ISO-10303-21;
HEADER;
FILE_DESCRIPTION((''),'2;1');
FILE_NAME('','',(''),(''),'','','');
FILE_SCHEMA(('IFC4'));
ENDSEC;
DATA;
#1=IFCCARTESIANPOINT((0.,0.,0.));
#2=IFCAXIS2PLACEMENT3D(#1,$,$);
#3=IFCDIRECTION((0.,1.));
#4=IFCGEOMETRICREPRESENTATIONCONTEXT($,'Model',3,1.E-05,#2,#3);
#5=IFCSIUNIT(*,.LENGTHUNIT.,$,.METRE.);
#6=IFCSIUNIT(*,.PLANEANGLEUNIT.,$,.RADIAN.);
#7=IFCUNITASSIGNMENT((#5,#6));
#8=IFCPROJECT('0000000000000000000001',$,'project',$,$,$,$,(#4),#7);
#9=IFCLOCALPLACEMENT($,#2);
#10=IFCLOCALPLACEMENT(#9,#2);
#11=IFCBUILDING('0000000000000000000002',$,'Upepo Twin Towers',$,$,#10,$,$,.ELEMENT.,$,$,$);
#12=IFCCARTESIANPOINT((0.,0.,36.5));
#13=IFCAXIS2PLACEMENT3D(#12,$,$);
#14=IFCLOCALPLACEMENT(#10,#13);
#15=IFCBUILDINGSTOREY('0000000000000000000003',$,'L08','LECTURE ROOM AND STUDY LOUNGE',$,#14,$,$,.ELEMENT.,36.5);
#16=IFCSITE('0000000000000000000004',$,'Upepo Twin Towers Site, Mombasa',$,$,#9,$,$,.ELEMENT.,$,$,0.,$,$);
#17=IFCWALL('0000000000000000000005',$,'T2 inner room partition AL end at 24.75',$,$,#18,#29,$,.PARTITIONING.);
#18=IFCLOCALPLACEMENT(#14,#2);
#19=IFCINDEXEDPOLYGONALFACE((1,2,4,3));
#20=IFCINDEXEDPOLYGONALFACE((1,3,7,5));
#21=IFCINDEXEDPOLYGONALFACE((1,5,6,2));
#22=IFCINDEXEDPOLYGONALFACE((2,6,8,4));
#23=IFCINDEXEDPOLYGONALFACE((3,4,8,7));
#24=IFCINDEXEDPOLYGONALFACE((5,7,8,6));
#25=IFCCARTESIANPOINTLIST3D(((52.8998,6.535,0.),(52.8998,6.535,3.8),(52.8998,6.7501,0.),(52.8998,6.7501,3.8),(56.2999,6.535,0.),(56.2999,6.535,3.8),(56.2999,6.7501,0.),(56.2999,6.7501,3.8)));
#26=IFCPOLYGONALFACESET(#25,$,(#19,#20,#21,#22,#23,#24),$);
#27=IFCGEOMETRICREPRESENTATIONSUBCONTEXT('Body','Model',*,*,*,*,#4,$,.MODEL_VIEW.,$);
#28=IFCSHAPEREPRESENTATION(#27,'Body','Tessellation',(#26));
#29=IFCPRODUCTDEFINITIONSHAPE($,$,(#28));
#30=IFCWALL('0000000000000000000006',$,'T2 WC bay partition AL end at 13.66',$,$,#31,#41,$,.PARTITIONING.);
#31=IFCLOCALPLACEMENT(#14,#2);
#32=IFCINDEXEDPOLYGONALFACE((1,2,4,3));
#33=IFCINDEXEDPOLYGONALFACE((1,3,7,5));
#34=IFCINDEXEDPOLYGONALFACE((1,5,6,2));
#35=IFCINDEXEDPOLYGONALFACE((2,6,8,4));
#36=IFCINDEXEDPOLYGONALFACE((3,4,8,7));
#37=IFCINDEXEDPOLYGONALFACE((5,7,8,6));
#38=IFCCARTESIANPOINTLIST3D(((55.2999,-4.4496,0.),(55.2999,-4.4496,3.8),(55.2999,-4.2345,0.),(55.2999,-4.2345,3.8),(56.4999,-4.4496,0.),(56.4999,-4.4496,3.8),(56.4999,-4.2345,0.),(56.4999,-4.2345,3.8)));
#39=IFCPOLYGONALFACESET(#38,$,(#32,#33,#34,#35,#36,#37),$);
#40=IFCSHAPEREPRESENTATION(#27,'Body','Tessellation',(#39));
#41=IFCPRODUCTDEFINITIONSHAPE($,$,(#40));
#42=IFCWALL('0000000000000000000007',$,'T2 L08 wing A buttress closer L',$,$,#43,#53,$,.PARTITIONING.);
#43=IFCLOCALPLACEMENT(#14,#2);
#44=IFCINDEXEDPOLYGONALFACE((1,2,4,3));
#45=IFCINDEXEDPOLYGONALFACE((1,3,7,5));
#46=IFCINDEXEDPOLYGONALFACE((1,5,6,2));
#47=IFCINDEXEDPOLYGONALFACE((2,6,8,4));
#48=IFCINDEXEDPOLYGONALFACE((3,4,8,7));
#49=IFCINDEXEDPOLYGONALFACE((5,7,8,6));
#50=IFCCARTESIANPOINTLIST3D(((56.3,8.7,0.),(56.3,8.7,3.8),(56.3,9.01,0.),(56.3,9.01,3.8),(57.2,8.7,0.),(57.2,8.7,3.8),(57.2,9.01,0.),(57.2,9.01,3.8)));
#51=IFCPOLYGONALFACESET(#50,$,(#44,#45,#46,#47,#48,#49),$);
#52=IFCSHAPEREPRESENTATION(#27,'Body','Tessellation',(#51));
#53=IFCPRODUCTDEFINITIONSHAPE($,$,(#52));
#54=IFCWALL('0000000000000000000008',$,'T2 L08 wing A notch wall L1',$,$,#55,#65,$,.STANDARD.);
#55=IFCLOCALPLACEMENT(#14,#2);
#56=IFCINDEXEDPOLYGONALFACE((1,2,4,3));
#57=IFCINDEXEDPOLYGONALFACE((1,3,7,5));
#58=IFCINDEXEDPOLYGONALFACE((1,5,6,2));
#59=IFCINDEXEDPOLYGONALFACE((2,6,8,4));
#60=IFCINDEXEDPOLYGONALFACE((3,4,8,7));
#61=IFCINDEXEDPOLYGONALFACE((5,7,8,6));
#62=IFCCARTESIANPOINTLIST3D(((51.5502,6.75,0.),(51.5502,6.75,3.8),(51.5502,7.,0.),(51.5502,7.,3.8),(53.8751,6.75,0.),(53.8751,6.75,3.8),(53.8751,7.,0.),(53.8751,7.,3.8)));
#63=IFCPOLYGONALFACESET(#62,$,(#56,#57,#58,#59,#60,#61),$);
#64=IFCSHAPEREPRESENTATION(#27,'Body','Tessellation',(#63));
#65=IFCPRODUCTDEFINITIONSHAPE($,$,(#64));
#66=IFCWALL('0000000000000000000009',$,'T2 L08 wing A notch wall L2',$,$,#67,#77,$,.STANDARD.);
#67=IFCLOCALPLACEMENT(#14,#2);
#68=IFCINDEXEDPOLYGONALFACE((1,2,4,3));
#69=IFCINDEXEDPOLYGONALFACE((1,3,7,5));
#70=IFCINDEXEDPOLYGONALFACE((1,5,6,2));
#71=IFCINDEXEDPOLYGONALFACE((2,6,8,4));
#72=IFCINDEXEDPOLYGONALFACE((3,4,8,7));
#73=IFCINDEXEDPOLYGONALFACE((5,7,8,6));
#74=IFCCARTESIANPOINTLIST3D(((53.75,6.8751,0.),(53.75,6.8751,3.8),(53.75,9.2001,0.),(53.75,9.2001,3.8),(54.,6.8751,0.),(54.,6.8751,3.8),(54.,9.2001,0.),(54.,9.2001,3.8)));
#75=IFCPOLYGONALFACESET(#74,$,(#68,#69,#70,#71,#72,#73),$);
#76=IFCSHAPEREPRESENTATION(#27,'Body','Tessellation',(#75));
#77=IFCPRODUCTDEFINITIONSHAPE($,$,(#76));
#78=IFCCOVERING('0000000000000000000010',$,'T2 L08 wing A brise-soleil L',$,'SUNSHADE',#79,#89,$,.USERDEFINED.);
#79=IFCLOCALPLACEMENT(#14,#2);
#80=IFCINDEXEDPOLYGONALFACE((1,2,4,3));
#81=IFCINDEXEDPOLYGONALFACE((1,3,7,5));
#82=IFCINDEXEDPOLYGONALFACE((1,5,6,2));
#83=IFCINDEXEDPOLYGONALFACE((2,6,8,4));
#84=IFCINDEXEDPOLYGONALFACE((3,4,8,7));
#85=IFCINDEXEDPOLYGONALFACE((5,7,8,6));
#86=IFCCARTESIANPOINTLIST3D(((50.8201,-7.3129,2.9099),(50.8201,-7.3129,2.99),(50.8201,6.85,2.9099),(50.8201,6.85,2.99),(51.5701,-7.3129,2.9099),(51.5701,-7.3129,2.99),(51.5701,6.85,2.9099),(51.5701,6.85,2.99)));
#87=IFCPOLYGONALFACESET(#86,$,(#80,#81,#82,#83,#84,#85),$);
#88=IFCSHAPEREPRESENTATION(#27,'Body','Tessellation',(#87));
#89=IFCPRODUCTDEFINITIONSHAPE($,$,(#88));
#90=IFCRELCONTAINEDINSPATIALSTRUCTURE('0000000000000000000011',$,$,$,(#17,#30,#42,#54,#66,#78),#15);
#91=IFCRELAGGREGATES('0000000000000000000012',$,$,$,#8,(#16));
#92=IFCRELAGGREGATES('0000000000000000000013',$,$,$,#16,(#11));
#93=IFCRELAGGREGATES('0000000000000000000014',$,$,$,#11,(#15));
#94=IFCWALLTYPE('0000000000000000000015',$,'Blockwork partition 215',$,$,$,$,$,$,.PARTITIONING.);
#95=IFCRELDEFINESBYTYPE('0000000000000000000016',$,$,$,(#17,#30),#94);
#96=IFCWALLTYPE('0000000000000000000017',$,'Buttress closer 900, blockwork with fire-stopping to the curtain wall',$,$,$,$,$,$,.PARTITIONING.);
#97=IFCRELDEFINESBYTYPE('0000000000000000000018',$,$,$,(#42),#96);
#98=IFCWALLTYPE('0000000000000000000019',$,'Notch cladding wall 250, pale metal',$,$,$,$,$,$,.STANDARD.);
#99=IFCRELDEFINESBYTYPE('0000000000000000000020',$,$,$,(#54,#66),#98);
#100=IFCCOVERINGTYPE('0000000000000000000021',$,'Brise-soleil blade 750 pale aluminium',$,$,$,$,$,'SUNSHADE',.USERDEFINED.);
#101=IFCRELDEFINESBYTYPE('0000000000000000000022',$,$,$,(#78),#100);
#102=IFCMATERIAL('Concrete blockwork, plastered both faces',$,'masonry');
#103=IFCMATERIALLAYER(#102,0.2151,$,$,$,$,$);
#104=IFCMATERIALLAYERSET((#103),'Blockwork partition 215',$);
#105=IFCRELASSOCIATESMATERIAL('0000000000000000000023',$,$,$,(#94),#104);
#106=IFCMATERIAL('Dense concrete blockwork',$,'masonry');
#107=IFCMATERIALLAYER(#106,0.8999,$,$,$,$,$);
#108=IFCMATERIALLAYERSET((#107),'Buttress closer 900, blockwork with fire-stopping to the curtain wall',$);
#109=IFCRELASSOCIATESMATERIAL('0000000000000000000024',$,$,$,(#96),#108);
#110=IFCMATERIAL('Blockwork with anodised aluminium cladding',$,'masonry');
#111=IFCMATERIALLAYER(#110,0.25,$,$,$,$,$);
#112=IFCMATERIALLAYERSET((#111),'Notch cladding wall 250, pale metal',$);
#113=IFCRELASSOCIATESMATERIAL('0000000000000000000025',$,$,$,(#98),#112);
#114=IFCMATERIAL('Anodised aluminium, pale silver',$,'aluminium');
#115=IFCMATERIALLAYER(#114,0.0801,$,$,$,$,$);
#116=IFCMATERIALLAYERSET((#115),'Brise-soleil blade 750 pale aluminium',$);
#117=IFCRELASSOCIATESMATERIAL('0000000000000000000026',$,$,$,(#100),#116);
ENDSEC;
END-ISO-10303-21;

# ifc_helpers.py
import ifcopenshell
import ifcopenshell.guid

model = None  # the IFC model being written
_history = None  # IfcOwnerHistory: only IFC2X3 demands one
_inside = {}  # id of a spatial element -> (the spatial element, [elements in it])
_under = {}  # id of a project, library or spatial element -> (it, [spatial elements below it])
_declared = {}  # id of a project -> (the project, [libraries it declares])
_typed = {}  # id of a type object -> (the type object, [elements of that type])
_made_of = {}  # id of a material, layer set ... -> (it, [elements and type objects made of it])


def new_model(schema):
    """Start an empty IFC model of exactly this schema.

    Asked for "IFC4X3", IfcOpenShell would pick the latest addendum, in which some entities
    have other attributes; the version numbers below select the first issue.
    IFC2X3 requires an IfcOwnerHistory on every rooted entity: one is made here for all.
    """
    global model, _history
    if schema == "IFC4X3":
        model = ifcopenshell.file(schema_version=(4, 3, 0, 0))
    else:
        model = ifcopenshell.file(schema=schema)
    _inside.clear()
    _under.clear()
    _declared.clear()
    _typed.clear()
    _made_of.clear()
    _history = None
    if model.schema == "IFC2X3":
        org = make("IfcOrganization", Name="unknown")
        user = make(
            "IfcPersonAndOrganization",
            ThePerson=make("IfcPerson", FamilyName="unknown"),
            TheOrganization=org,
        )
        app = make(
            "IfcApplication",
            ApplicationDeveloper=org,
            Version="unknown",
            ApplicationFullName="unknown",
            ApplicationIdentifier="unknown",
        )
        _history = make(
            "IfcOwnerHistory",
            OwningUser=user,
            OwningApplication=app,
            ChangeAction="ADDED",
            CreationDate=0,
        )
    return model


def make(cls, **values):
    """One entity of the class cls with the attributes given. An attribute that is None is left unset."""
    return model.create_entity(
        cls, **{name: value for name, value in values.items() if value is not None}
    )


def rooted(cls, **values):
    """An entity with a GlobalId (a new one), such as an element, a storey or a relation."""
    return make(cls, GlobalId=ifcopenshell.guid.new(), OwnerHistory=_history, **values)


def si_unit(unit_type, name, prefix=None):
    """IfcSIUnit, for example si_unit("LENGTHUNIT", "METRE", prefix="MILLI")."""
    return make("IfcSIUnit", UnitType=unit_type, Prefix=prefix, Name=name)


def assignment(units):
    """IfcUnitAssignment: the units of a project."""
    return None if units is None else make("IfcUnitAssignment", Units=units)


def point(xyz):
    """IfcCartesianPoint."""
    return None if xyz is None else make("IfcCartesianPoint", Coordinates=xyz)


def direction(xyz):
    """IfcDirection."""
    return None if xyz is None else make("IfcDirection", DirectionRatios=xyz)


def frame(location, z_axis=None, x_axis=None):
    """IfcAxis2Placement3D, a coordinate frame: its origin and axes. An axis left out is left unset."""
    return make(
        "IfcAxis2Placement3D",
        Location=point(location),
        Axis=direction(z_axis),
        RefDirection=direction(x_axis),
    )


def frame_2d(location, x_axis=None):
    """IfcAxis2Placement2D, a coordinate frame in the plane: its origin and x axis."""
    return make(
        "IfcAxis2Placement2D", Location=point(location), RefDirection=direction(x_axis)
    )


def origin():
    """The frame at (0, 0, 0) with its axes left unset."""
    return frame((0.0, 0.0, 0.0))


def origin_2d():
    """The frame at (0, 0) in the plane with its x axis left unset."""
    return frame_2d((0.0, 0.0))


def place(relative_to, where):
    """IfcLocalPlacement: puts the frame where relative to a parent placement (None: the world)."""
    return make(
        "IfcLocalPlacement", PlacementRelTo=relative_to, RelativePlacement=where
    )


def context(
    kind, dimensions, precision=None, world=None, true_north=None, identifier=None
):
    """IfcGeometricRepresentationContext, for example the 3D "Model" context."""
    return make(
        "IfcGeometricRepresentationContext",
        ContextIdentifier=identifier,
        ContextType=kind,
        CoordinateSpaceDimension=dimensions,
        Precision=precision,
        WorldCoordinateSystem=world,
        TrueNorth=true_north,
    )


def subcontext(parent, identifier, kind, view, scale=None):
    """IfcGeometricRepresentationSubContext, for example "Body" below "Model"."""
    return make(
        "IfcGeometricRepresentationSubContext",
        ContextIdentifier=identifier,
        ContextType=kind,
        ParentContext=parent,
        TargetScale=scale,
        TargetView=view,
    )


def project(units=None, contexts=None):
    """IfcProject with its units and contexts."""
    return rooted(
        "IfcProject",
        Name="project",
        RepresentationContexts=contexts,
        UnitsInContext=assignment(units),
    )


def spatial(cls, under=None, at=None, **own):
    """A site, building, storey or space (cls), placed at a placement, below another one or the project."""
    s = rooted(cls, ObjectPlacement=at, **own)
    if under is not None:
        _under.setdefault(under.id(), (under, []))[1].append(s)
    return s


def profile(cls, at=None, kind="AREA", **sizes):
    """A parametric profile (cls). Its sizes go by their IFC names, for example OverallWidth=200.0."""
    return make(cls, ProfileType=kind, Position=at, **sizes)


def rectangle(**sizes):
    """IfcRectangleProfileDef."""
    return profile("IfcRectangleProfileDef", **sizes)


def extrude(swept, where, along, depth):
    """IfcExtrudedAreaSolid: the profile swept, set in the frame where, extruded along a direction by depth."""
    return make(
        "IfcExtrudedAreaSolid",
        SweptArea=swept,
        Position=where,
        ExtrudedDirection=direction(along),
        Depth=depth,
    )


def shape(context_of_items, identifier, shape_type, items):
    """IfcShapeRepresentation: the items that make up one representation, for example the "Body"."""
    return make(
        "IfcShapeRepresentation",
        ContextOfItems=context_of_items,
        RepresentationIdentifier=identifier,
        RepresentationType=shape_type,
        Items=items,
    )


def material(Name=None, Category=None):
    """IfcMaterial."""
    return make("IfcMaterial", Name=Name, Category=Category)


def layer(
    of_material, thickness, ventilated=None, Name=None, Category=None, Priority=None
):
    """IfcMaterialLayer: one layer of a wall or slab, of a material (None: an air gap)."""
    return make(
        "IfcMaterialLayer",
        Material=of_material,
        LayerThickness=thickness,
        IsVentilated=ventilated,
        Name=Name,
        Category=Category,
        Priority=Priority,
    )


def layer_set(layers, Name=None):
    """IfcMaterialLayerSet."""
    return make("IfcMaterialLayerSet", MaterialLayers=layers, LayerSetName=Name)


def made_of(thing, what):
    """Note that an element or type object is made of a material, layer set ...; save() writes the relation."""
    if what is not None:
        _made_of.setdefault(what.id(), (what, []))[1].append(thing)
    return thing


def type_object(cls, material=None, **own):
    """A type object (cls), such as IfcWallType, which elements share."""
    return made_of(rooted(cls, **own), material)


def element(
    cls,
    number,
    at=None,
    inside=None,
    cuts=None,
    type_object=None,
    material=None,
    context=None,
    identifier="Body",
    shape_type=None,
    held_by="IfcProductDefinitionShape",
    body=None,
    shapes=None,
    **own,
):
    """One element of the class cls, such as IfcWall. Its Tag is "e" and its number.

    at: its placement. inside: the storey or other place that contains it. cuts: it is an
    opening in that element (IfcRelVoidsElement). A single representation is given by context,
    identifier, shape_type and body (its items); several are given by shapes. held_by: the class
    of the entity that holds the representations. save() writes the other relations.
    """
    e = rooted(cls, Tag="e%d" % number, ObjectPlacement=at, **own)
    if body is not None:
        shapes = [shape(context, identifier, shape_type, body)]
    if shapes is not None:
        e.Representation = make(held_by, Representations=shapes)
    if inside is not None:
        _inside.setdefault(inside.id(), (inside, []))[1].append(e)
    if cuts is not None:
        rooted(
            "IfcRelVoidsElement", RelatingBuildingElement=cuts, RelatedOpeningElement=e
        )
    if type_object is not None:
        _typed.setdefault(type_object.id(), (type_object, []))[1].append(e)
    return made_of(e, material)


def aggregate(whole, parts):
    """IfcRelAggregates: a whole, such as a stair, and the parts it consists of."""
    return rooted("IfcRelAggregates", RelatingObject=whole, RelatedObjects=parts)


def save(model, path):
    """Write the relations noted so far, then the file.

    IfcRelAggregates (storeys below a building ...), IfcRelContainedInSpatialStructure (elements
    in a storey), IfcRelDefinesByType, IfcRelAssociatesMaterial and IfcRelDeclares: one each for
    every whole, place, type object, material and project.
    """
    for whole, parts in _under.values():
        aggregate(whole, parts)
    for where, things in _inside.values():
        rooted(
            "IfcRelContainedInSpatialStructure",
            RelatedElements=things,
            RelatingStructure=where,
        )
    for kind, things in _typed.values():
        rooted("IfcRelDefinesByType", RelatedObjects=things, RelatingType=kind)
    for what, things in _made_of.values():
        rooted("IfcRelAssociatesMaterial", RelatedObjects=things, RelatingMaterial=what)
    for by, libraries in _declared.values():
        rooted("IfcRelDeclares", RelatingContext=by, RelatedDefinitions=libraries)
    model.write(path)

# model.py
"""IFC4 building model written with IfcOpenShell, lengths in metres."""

from ifc_helpers import new_model, si_unit, direction, frame, frame_2d, origin, origin_2d, place, context, subcontext, project, spatial, rectangle, extrude, material, layer, layer_set, type_object, element, save


model = new_model("IFC4")

# Units and contexts
model_context = context("Model", 3, precision=1e-05, world=origin(), true_north=direction((0.0, 1.0)))
body_context = subcontext(model_context, "Body", "Model", "MODEL_VIEW")
ifc_project = project(units=[si_unit("LENGTHUNIT", "METRE"), si_unit("PLANEANGLEUNIT", "RADIAN")], contexts=[model_context])

# Site, building, storey
site_placement = place(None, origin())
site = spatial("IfcSite", under=ifc_project, at=site_placement, Name="Upepo Twin Towers Site, Mombasa", CompositionType="ELEMENT", RefElevation=0.0)
building_placement = place(site_placement, origin())
building = spatial("IfcBuilding", under=site, at=building_placement, Name="Upepo Twin Towers", CompositionType="ELEMENT")
storey_placement = place(building_placement, frame((0.0, 0.0, 36.5)))
storey = spatial("IfcBuildingStorey", under=building, at=storey_placement, Name="L08", Description="LECTURE ROOM AND STUDY LOUNGE", CompositionType="ELEMENT", Elevation=36.5)

# Shared definitions
ifc_material_1 = material(Name="Concrete blockwork, plastered both faces", Category="masonry")
ifc_layer_1 = layer(ifc_material_1, 0.2151)
ifc_layer_set_1 = layer_set([ifc_layer_1], Name="Blockwork partition 215")
wall_type_1 = type_object("IfcWallType", Name="Blockwork partition 215", PredefinedType="PARTITIONING", material=ifc_layer_set_1)

# Walls
wall_1_placement = place(storey_placement, frame((56.3, 6.6426, 0.0), z_axis=(0.0, 0.0, 1.0), x_axis=(-1.0, 0.0, 0.0)))
element("IfcWall", 1, at=wall_1_placement, inside=storey, type_object=wall_type_1, Name="T2 inner room partition AL end at 24.75", PredefinedType="PARTITIONING", context=body_context, shape_type="SweptSolid", body=[
    extrude(rectangle(XDim=3.4001, YDim=0.2151, at=frame_2d((1.7002, 0.0))), origin(), (0.0, 0.0, 1.0), 3.8),
])
wall_2_placement = place(storey_placement, frame((56.5, -4.342, 0.0), z_axis=(0.0, 0.0, 1.0), x_axis=(-1.0, 0.0, 0.0)))
element("IfcWall", 2, at=wall_2_placement, inside=storey, type_object=wall_type_1, Name="T2 WC bay partition AL end at 13.66", PredefinedType="PARTITIONING", context=body_context, shape_type="SweptSolid", body=[
    extrude(rectangle(XDim=1.2, YDim=0.2151, at=frame_2d((0.6001, 0.0))), origin(), (0.0, 0.0, 1.0), 3.8),
])
ifc_material_2 = material(Name="Dense concrete blockwork", Category="masonry")
ifc_layer_2 = layer(ifc_material_2, 0.8999)
ifc_layer_set_2 = layer_set([ifc_layer_2], Name="Buttress closer 900, blockwork with fire-stopping to the curtain wall")
wall_type_2 = type_object("IfcWallType", Name="Buttress closer 900, blockwork with fire-stopping to the curtain wall", PredefinedType="PARTITIONING", material=ifc_layer_set_2)
wall_3_placement = place(storey_placement, frame((56.75, 8.7, 0.0), z_axis=(0.0, 0.0, 1.0), x_axis=(0.0, 1.0, 0.0)))
element("IfcWall", 3, at=wall_3_placement, inside=storey, type_object=wall_type_2, Name="T2 L08 wing A buttress closer L", PredefinedType="PARTITIONING", context=body_context, shape_type="SweptSolid", body=[
    extrude(rectangle(XDim=0.3101, YDim=0.8999, at=frame_2d((0.155, 0.0))), origin(), (0.0, 0.0, 1.0), 3.8),
])
ifc_material_3 = material(Name="Blockwork with anodised aluminium cladding", Category="masonry")
ifc_layer_3 = layer(ifc_material_3, 0.25)
ifc_layer_set_3 = layer_set([ifc_layer_3], Name="Notch cladding wall 250, pale metal")
wall_type_3 = type_object("IfcWallType", Name="Notch cladding wall 250, pale metal", PredefinedType="STANDARD", material=ifc_layer_set_3)
for number, where, z_axis, x_axis, name in (
    (4, (51.55, 6.875, 0.0), (0.0, 0.0, 1.0), (1.0, 0.0, 0.0), "T2 L08 wing A notch wall L1"),
    (5, (53.875, 6.875, 0.0), (0.0, 0.0, 1.0), (0.0, 1.0, 0.0), "T2 L08 wing A notch wall L2"),
):
    element("IfcWall", number, at=place(storey_placement, frame(where, z_axis=z_axis, x_axis=x_axis)), inside=storey, type_object=wall_type_3, Name=name, PredefinedType="STANDARD", context=body_context, shape_type="SweptSolid", body=[
        extrude(rectangle(XDim=2.325, YDim=0.25, at=frame_2d((1.1626, 0.0))), origin(), (0.0, 0.0, 1.0), 3.8),
    ])

# Covering
ifc_material_4 = material(Name="Anodised aluminium, pale silver", Category="aluminium")
ifc_layer_4 = layer(ifc_material_4, 0.0801)
ifc_layer_set_4 = layer_set([ifc_layer_4], Name="Brise-soleil blade 750 pale aluminium")
covering_type = type_object("IfcCoveringType", Name="Brise-soleil blade 750 pale aluminium", ElementType="SUNSHADE", PredefinedType="USERDEFINED", material=ifc_layer_set_4)
covering_placement = place(storey_placement, frame((51.1951, -0.2314, 2.9099), z_axis=(0.0, 0.0, 1.0), x_axis=(0.0, 1.0, 0.0)))
element("IfcCovering", 6, at=covering_placement, inside=storey, type_object=covering_type, Name="T2 L08 wing A brise-soleil L", ObjectType="SUNSHADE", PredefinedType="USERDEFINED", context=body_context, shape_type="SweptSolid", body=[
    extrude(rectangle(XDim=14.1628, YDim=0.75, at=origin_2d()), origin(), (0.0, 0.0, 1.0), 0.0801),
])

save(model, "model.ifc")
